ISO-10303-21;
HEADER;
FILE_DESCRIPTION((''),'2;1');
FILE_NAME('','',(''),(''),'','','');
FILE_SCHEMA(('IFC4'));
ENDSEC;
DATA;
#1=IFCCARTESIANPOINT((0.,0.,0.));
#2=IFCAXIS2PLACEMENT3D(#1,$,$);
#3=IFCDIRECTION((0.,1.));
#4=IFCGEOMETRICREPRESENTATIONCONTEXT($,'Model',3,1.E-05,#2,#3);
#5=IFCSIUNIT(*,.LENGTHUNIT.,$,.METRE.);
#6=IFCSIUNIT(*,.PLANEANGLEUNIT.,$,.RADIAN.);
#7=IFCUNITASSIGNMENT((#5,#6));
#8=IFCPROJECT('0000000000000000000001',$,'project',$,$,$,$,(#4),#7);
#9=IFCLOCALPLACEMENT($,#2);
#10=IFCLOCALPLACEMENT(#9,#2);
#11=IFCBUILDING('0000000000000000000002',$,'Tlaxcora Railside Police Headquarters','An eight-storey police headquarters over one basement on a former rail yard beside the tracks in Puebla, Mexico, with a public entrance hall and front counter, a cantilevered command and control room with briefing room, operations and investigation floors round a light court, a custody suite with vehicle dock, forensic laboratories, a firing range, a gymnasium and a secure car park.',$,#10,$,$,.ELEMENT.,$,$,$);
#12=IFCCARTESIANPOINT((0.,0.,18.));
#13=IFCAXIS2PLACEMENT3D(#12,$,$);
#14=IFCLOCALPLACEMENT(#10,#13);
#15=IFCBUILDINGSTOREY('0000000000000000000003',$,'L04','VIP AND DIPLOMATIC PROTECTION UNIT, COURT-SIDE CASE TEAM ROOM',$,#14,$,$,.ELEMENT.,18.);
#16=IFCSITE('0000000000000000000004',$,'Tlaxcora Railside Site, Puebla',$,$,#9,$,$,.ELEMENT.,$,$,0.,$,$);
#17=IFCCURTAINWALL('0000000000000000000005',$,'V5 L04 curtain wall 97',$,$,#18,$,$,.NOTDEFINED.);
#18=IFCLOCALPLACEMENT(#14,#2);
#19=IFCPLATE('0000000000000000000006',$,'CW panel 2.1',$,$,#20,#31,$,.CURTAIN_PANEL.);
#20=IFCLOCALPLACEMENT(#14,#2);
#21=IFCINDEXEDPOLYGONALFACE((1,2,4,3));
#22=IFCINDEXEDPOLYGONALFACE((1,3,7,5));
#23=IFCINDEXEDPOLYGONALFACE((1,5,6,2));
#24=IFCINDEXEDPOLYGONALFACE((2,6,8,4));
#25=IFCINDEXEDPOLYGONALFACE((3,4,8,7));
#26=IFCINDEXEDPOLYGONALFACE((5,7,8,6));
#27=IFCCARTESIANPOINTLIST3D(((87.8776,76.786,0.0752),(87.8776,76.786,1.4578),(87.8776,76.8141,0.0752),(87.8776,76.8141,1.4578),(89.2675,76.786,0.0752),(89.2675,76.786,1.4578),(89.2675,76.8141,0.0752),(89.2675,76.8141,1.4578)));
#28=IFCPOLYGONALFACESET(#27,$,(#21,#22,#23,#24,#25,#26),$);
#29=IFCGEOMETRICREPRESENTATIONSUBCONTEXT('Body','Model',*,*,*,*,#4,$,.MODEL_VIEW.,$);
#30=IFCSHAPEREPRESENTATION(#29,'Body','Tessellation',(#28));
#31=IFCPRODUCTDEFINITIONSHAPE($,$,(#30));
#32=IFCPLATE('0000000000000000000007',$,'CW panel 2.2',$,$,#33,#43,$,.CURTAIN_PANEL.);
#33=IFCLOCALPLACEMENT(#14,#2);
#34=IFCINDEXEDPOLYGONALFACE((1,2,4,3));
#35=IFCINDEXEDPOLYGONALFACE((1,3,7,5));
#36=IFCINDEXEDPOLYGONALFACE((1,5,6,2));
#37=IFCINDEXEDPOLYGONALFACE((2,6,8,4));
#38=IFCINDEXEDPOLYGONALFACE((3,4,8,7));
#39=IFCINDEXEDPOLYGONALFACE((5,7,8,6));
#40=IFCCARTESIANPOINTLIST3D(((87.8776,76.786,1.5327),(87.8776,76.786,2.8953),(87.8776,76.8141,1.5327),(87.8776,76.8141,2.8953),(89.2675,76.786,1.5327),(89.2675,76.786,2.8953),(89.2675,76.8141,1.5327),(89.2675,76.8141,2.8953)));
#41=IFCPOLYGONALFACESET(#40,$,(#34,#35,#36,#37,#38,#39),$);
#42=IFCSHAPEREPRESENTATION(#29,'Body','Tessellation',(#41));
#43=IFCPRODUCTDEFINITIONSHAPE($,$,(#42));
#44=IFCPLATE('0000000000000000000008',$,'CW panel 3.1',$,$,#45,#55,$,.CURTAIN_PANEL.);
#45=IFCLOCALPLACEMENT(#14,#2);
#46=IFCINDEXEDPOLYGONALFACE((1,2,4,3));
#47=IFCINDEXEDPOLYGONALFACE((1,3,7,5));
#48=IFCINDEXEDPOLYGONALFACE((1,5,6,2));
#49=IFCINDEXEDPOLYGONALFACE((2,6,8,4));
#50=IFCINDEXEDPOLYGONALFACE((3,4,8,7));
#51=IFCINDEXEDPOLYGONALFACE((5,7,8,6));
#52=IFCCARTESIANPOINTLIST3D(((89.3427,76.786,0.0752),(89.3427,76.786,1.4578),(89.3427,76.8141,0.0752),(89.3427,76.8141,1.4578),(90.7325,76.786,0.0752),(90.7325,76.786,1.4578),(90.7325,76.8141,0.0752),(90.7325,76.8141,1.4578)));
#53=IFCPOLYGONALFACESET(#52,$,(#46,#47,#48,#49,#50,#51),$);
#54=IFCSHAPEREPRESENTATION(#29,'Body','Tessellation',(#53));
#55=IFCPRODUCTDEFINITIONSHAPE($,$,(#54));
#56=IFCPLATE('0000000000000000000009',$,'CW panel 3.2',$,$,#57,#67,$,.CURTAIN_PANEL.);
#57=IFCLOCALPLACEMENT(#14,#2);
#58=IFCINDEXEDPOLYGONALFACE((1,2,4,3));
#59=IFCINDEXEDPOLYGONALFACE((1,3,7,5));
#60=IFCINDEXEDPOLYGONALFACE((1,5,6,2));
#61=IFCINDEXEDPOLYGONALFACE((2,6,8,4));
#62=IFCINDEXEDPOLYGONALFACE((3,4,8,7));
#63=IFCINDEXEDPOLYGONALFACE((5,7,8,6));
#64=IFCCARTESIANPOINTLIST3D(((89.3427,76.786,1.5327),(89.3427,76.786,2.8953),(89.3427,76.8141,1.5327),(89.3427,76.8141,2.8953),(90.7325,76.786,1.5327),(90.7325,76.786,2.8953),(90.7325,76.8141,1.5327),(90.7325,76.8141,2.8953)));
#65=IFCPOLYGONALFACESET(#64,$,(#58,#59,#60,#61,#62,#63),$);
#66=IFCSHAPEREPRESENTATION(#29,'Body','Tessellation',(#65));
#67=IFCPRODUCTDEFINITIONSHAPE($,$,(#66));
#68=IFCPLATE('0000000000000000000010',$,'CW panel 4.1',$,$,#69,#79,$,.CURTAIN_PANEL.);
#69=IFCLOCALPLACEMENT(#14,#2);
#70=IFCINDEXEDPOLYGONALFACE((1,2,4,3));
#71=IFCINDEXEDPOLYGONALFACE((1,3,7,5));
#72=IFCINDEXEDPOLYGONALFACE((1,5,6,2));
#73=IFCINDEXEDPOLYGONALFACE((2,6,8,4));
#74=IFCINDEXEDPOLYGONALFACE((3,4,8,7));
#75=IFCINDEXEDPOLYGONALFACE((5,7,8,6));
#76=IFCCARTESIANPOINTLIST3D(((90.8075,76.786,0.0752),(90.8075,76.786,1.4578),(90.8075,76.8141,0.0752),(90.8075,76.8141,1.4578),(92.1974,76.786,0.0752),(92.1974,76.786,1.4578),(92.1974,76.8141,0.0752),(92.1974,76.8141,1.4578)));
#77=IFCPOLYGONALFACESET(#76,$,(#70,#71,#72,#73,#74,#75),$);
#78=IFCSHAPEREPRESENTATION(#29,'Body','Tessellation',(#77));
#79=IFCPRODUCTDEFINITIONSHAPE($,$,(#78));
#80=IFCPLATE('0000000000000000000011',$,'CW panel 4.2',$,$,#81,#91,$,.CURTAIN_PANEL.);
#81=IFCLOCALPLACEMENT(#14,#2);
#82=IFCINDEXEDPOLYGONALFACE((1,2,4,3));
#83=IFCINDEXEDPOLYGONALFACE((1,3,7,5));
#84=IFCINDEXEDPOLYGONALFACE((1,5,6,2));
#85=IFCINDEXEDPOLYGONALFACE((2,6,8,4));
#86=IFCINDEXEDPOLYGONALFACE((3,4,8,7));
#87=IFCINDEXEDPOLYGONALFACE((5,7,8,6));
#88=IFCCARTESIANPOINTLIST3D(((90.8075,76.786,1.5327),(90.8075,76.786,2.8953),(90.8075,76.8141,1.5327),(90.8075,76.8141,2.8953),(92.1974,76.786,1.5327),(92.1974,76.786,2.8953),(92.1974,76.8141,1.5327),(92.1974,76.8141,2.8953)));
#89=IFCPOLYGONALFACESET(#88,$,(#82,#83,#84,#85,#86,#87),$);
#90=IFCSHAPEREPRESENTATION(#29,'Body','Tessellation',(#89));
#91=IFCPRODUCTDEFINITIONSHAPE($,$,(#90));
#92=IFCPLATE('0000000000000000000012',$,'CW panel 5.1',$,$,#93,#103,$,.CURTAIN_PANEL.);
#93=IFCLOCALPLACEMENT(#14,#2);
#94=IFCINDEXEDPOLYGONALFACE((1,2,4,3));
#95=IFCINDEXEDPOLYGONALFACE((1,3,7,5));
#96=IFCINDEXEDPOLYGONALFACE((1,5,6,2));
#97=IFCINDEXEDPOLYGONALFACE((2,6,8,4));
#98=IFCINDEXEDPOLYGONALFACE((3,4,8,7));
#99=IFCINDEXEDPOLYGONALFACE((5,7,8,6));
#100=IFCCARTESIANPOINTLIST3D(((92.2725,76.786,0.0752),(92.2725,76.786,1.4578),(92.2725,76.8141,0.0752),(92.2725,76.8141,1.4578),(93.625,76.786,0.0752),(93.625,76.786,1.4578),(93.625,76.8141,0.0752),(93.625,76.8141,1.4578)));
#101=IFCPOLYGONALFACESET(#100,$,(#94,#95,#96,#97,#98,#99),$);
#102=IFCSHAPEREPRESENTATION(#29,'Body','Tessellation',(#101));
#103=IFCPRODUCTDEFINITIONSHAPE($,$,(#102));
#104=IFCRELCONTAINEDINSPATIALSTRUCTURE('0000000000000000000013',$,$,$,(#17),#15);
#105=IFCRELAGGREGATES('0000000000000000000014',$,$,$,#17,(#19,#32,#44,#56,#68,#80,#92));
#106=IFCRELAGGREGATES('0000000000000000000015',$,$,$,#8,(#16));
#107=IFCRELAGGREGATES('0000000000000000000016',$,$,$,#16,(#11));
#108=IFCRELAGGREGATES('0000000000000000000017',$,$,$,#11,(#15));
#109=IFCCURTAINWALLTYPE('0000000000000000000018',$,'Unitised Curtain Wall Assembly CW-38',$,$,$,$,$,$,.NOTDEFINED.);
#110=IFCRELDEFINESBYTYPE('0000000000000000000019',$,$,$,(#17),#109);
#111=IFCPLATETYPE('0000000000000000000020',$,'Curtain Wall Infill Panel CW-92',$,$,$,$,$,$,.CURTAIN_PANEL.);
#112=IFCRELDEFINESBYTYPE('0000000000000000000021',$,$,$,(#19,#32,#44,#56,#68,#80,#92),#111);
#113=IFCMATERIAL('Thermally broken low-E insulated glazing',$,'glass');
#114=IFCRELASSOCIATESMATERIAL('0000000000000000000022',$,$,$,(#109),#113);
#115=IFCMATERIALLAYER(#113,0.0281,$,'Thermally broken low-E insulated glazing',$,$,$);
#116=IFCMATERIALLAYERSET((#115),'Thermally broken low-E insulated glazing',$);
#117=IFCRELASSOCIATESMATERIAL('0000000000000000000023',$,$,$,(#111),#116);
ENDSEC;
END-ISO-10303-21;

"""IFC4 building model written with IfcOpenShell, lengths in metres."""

from ifc_helpers import new_model, si_unit, direction, frame, origin, origin_2d, place, context, subcontext, project, spatial, rectangle, extrude, material, layer, layer_set, type_object, element, aggregate, save


model = new_model("IFC4")

# Units and contexts
model_context = context("Model", 3, precision=1e-05, world=origin(), true_north=direction((0.0, 1.0)))
body_context = subcontext(model_context, "Body", "Model", "MODEL_VIEW")
ifc_project = project(units=[si_unit("LENGTHUNIT", "METRE"), si_unit("PLANEANGLEUNIT", "RADIAN")], contexts=[model_context])

# Site, building, storey
site_placement = place(None, origin())
site = spatial("IfcSite", under=ifc_project, at=site_placement, Name="Tlaxcora Railside Site, Puebla", CompositionType="ELEMENT", RefElevation=0.0)
building_placement = place(site_placement, origin())
building = spatial("IfcBuilding", under=site, at=building_placement, Name="Tlaxcora Railside Police Headquarters", Description="An eight-storey police headquarters over one basement on a former rail yard beside the tracks in Puebla, Mexico, with a public entrance hall and front counter, a cantilevered command and control room with briefing room, operations and investigation floors round a light court, a custody suite with vehicle dock, forensic laboratories, a firing range, a gymnasium and a secure car park.", CompositionType="ELEMENT")
storey_placement = place(building_placement, frame((0.0, 0.0, 18.0)))
storey = spatial("IfcBuildingStorey", under=building, at=storey_placement, Name="L04", Description="VIP AND DIPLOMATIC PROTECTION UNIT, COURT-SIDE CASE TEAM ROOM", CompositionType="ELEMENT", Elevation=18.0)

# Curtain wall, plates
ifc_material_1 = material(Name="Thermally broken low-E insulated glazing", Category="glass")
curtain_wall_type = type_object("IfcCurtainWallType", Name="Unitised Curtain Wall Assembly CW-38", PredefinedType="NOTDEFINED", material=ifc_material_1)
curtain_wall_placement = place(storey_placement, origin())
curtain_wall = element("IfcCurtainWall", 1, at=curtain_wall_placement, inside=storey, type_object=curtain_wall_type, Name="V5 L04 curtain wall 97", PredefinedType="NOTDEFINED")
ifc_layer = layer(ifc_material_1, 0.0281, Name="Thermally broken low-E insulated glazing")
ifc_layer_set = layer_set([ifc_layer], Name="Thermally broken low-E insulated glazing")
plate_type = type_object("IfcPlateType", Name="Curtain Wall Infill Panel CW-92", PredefinedType="CURTAIN_PANEL", material=ifc_layer_set)
plate_1_placement = place(storey_placement, frame((88.5725, 76.8, 0.0752), z_axis=(0.0, 0.0, 1.0), x_axis=(1.0, 0.0, 0.0)))
plate_1 = element("IfcPlate", 2, at=plate_1_placement, type_object=plate_type, Name="CW panel 2.1", PredefinedType="CURTAIN_PANEL", context=body_context, shape_type="SweptSolid", body=[
    extrude(rectangle(XDim=1.3899, YDim=0.0281, at=origin_2d()), origin(), (0.0, 0.0, 1.0), 1.3826),
])
plate_2_placement = place(storey_placement, frame((88.5725, 76.8, 1.5327), z_axis=(0.0, 0.0, 1.0), x_axis=(1.0, 0.0, 0.0)))
plate_2 = element("IfcPlate", 3, at=plate_2_placement, type_object=plate_type, Name="CW panel 2.2", PredefinedType="CURTAIN_PANEL", context=body_context, shape_type="SweptSolid", body=[
    extrude(rectangle(XDim=1.3899, YDim=0.0281, at=origin_2d()), origin(), (0.0, 0.0, 1.0), 1.3625),
])
plate_3_placement = place(storey_placement, frame((90.0376, 76.8, 0.0752), z_axis=(0.0, 0.0, 1.0), x_axis=(1.0, 0.0, 0.0)))
plate_3 = element("IfcPlate", 4, at=plate_3_placement, type_object=plate_type, Name="CW panel 3.1", PredefinedType="CURTAIN_PANEL", context=body_context, shape_type="SweptSolid", body=[
    extrude(rectangle(XDim=1.3899, YDim=0.0281, at=origin_2d()), origin(), (0.0, 0.0, 1.0), 1.3826),
])
plate_4_placement = place(storey_placement, frame((90.0376, 76.8, 1.5327), z_axis=(0.0, 0.0, 1.0), x_axis=(1.0, 0.0, 0.0)))
plate_4 = element("IfcPlate", 5, at=plate_4_placement, type_object=plate_type, Name="CW panel 3.2", PredefinedType="CURTAIN_PANEL", context=body_context, shape_type="SweptSolid", body=[
    extrude(rectangle(XDim=1.3899, YDim=0.0281, at=origin_2d()), origin(), (0.0, 0.0, 1.0), 1.3625),
])
plate_5_placement = place(storey_placement, frame((91.5024, 76.8, 0.0752), z_axis=(0.0, 0.0, 1.0), x_axis=(1.0, 0.0, 0.0)))
plate_5 = element("IfcPlate", 6, at=plate_5_placement, type_object=plate_type, Name="CW panel 4.1", PredefinedType="CURTAIN_PANEL", context=body_context, shape_type="SweptSolid", body=[
    extrude(rectangle(XDim=1.3899, YDim=0.0281, at=origin_2d()), origin(), (0.0, 0.0, 1.0), 1.3826),
])
plate_6_placement = place(storey_placement, frame((91.5024, 76.8, 1.5327), z_axis=(0.0, 0.0, 1.0), x_axis=(1.0, 0.0, 0.0)))
plate_6 = element("IfcPlate", 7, at=plate_6_placement, type_object=plate_type, Name="CW panel 4.2", PredefinedType="CURTAIN_PANEL", context=body_context, shape_type="SweptSolid", body=[
    extrude(rectangle(XDim=1.3899, YDim=0.0281, at=origin_2d()), origin(), (0.0, 0.0, 1.0), 1.3625),
])
plate_7_placement = place(storey_placement, frame((92.9487, 76.8, 0.0752), z_axis=(0.0, 0.0, 1.0), x_axis=(1.0, 0.0, 0.0)))
plate_7 = element("IfcPlate", 8, at=plate_7_placement, type_object=plate_type, Name="CW panel 5.1", PredefinedType="CURTAIN_PANEL", context=body_context, shape_type="SweptSolid", body=[
    extrude(rectangle(XDim=1.3525, YDim=0.0281, at=origin_2d()), origin(), (0.0, 0.0, 1.0), 1.3826),
])
aggregate(curtain_wall, [plate_1, plate_2, plate_3, plate_4, plate_5, plate_6, plate_7])

save(model, "model.ifc")
